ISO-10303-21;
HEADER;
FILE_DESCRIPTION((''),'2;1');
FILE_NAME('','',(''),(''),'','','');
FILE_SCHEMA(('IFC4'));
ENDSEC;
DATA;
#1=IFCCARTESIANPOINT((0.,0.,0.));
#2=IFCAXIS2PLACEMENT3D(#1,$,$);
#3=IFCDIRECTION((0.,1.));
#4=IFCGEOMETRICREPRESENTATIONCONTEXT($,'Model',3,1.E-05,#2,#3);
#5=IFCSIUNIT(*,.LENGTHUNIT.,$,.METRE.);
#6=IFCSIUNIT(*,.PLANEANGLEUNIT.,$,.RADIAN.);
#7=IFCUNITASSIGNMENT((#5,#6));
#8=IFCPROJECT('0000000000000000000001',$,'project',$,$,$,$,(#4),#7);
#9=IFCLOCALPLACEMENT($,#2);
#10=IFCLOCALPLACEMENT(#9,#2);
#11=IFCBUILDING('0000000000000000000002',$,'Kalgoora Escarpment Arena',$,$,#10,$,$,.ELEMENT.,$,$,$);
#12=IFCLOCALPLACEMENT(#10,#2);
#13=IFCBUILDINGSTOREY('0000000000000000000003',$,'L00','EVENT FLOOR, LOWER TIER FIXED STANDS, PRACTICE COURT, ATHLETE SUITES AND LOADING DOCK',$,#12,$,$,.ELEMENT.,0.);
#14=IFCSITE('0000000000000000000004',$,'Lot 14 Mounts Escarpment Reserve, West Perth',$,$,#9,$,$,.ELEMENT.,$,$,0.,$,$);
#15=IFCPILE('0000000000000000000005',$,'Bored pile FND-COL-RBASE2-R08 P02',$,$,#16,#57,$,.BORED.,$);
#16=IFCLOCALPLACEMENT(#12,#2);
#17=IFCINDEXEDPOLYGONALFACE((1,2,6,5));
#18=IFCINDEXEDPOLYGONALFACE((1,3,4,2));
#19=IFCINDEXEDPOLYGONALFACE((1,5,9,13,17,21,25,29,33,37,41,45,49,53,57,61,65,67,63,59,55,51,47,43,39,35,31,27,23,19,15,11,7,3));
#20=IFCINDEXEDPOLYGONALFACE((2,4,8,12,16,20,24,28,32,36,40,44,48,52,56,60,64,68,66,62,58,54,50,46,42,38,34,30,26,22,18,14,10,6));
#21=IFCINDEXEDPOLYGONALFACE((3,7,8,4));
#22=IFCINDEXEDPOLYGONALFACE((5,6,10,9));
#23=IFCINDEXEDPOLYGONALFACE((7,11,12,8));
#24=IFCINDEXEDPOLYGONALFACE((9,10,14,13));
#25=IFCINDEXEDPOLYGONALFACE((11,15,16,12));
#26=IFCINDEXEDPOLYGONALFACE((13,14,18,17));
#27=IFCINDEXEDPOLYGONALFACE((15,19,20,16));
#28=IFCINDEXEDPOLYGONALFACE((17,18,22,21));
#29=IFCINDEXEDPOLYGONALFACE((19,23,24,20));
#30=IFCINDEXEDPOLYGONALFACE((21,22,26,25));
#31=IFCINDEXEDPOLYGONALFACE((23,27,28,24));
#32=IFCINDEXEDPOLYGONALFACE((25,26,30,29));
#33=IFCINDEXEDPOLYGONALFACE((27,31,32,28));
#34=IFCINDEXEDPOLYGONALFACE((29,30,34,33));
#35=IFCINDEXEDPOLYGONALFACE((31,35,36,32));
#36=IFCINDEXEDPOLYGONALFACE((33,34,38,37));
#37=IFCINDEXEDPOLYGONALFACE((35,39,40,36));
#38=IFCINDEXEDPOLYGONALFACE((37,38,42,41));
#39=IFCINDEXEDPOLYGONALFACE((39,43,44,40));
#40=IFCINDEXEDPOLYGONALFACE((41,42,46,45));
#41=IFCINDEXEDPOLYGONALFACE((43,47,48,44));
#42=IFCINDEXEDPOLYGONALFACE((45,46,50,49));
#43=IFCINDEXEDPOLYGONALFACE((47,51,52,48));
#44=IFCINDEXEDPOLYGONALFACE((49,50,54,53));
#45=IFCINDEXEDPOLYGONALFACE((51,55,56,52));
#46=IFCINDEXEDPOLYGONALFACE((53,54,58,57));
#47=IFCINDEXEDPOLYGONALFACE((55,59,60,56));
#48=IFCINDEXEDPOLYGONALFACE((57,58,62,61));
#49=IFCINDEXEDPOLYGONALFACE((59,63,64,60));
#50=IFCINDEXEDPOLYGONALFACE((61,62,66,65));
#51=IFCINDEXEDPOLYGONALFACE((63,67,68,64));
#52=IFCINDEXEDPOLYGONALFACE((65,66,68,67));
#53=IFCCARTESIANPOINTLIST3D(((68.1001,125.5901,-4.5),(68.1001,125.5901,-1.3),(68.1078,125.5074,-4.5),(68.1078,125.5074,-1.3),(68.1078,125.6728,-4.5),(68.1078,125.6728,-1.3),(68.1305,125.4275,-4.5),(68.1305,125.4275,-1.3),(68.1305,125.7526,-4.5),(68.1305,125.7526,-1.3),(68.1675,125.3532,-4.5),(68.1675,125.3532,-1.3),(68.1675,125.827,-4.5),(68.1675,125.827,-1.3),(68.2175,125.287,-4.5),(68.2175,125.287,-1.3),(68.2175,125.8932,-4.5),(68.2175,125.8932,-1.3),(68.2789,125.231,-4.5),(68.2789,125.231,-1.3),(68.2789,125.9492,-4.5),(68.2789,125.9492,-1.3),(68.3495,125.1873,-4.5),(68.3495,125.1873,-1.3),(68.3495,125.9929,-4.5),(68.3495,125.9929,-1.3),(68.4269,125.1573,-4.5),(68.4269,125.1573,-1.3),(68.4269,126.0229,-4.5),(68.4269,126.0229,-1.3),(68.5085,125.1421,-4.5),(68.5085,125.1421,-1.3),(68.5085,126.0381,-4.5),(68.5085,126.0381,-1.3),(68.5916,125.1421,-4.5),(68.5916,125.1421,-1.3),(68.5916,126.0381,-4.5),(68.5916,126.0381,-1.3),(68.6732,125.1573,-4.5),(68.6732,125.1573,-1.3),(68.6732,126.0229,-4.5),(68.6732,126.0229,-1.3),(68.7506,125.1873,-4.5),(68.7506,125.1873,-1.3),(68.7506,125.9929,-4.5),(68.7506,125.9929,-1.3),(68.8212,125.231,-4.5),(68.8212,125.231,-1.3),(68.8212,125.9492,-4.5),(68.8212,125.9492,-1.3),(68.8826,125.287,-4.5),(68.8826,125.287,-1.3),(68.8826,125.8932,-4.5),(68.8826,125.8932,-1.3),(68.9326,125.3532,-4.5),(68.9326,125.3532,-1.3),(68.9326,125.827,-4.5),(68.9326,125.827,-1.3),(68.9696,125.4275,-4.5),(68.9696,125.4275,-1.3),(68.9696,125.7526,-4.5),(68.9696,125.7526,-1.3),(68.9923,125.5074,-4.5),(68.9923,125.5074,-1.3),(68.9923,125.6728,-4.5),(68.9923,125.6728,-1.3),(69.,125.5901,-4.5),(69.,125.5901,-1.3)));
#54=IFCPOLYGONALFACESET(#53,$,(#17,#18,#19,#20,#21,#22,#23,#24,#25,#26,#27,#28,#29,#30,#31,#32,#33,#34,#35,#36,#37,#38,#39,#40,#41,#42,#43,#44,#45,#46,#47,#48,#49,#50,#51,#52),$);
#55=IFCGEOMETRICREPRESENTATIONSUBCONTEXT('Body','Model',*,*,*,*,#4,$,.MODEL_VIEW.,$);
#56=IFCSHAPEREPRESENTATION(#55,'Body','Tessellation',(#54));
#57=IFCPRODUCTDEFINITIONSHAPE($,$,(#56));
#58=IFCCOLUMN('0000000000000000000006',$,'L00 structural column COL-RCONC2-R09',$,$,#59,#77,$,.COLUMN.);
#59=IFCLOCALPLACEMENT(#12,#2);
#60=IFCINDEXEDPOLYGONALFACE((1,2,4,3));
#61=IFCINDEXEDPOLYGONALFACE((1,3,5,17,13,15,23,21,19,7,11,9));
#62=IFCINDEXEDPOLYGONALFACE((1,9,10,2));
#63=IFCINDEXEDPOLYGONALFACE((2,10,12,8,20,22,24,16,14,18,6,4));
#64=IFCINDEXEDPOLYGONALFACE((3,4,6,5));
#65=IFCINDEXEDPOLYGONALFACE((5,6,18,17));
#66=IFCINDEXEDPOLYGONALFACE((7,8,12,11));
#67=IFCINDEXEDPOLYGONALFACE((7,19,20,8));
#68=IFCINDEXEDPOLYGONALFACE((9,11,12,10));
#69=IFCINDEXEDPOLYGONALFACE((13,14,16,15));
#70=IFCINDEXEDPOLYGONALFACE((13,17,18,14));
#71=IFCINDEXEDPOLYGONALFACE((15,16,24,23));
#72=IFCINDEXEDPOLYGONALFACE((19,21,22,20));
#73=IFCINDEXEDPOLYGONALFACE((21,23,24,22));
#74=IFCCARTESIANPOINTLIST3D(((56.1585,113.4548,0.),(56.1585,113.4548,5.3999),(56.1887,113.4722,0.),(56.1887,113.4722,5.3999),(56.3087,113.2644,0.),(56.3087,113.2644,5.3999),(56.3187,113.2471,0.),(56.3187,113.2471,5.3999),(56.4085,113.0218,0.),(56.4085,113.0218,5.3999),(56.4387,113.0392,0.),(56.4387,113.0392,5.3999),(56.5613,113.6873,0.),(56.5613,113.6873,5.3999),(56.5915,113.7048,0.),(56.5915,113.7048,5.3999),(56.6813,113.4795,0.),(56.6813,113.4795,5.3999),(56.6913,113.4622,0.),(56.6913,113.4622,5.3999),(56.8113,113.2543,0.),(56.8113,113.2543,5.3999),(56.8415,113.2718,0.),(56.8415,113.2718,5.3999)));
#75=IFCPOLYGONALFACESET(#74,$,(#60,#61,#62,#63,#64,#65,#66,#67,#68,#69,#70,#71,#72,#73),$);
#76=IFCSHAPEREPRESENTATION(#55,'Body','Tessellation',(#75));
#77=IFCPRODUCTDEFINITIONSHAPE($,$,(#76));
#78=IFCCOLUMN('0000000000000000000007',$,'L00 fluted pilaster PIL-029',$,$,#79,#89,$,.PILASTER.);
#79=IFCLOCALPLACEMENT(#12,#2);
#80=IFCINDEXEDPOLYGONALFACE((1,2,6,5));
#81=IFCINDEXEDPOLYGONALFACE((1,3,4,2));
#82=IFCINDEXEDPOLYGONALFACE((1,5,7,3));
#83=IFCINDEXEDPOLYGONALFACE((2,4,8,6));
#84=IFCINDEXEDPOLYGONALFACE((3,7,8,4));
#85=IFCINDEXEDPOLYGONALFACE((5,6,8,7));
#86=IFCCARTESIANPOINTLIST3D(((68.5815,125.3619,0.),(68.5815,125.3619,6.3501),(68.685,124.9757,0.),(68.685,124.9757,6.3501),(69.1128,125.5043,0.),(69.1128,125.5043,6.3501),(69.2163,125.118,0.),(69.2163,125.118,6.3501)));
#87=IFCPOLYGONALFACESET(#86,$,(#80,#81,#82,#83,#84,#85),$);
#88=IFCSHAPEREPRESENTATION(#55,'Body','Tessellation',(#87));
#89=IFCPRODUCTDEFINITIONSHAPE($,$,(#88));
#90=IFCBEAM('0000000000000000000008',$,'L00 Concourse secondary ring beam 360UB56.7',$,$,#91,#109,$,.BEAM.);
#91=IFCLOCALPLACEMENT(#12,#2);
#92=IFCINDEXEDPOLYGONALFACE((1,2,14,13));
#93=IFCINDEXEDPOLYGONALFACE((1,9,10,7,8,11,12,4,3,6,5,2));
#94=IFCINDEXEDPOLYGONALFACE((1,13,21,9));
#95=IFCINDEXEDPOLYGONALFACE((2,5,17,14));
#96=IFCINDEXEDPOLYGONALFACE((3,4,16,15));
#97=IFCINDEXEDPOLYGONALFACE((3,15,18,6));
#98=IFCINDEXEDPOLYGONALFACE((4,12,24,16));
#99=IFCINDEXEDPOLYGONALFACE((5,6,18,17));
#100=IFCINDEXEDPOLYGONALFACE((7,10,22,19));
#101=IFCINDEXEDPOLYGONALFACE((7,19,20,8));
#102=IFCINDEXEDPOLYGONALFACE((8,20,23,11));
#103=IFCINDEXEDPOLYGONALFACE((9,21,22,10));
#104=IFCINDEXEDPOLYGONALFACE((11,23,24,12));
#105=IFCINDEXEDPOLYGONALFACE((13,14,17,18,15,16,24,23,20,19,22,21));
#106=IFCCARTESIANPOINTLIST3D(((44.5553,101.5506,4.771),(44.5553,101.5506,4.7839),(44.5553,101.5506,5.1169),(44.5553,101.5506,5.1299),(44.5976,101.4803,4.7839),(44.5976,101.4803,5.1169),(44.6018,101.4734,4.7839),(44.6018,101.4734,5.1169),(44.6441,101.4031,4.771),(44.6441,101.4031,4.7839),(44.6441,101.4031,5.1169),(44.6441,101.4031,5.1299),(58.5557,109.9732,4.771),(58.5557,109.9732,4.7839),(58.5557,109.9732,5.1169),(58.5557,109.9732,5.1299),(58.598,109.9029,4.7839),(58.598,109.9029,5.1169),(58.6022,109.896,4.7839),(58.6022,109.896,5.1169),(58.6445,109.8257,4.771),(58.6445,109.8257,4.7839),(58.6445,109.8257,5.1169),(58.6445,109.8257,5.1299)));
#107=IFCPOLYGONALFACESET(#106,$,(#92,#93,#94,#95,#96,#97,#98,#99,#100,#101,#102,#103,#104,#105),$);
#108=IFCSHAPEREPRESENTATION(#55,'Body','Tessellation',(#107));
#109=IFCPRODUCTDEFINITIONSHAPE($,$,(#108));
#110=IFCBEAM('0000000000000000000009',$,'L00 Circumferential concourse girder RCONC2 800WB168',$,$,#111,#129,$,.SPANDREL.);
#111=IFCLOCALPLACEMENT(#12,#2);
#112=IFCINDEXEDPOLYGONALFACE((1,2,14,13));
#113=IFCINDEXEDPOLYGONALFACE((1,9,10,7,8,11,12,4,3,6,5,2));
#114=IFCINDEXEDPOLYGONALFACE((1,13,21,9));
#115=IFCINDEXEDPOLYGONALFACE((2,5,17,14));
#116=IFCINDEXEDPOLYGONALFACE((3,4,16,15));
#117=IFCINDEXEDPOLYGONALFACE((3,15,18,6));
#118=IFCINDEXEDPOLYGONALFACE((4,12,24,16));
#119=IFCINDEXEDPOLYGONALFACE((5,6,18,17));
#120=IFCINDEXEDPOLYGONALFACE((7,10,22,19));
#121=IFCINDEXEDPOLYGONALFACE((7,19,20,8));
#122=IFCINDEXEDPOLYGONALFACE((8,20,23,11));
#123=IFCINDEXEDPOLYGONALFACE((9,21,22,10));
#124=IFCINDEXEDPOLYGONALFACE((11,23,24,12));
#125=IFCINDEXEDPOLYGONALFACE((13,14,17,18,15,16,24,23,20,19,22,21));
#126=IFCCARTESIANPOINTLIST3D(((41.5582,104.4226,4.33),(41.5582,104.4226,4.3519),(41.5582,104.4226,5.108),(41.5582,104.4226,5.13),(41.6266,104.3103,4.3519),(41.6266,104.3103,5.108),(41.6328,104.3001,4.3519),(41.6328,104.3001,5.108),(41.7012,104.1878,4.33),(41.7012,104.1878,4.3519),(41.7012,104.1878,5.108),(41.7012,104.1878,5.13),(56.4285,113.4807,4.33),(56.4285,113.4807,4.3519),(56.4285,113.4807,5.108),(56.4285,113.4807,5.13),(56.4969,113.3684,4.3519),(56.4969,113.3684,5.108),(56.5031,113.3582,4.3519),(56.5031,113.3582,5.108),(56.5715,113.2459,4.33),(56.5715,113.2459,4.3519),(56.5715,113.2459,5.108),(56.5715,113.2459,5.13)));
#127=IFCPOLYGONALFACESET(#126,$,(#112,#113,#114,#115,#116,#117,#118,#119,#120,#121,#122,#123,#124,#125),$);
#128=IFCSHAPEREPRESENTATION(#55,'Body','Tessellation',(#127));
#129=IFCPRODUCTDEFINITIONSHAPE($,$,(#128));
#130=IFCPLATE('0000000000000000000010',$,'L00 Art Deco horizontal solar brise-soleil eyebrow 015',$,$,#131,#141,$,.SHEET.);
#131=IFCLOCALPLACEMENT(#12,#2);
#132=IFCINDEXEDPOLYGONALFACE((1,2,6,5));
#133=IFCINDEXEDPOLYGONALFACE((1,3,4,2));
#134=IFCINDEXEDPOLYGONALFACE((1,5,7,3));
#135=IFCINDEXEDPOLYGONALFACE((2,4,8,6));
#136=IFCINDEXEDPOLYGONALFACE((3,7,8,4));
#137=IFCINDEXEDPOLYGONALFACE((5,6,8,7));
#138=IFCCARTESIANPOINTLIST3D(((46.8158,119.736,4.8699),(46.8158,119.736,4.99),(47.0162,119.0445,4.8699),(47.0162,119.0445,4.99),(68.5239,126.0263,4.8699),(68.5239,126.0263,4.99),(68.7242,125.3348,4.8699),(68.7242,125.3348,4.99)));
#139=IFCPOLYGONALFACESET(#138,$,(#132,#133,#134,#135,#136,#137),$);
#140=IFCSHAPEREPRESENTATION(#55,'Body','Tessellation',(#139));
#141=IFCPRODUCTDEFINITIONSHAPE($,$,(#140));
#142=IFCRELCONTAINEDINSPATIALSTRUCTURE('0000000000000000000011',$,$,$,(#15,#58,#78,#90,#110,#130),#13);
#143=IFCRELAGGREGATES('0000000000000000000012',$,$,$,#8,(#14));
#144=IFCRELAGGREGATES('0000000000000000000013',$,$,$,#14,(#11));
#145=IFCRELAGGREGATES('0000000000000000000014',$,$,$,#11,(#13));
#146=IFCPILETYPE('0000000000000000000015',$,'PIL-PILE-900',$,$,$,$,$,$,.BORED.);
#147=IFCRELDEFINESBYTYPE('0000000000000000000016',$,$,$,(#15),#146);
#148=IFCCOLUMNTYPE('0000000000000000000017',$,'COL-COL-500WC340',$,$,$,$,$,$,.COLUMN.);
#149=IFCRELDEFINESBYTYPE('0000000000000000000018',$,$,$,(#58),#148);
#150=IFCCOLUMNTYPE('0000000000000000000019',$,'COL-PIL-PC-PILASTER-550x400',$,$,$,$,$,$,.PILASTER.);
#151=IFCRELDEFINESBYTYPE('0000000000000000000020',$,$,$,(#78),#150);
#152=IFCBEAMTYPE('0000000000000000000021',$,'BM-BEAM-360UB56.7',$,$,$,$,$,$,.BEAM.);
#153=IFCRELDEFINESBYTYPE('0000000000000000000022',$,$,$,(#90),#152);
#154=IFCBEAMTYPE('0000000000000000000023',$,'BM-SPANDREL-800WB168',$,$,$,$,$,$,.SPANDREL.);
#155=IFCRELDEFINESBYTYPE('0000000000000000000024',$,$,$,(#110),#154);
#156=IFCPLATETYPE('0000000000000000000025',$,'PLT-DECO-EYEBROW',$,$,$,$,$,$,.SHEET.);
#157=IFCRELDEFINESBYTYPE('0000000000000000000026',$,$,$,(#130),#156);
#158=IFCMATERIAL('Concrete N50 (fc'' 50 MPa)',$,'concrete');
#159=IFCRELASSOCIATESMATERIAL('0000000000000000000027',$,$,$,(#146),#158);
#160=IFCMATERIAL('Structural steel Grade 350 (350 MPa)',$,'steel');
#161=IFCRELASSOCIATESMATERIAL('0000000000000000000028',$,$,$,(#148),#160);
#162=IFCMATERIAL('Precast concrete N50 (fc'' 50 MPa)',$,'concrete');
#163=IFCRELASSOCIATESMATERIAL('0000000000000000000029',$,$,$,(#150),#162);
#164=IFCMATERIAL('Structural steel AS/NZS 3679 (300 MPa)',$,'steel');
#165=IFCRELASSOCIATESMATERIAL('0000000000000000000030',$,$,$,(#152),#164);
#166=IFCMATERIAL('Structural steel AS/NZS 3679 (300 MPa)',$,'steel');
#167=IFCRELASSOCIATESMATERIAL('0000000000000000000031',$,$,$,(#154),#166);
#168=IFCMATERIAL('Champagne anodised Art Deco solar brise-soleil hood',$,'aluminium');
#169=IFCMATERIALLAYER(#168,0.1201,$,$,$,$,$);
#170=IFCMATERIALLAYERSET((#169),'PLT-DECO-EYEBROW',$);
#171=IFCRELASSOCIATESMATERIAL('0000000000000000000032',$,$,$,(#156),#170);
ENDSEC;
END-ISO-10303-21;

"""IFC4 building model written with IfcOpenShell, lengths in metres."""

from ifc_helpers import new_model, si_unit, direction, frame, origin, origin_2d, place, context, subcontext, project, spatial, rectangle, circle, i_section, extrude, material, layer, layer_set, material_profile, profile_set, type_object, element, save


model = new_model("IFC4")

# Units and contexts
model_context = context("Model", 3, precision=1e-05, world=origin(), true_north=direction((0.0, 1.0)))
body_context = subcontext(model_context, "Body", "Model", "MODEL_VIEW")
ifc_project = project(units=[si_unit("LENGTHUNIT", "METRE"), si_unit("PLANEANGLEUNIT", "RADIAN")], contexts=[model_context])

# Site, building, storey
site_placement = place(None, origin())
site = spatial("IfcSite", under=ifc_project, at=site_placement, Name="Lot 14 Mounts Escarpment Reserve, West Perth", CompositionType="ELEMENT", RefElevation=0.0)
building_placement = place(site_placement, origin())
building = spatial("IfcBuilding", under=site, at=building_placement, Name="Kalgoora Escarpment Arena", CompositionType="ELEMENT")
storey_placement = place(building_placement, origin())
storey = spatial("IfcBuildingStorey", under=building, at=storey_placement, Name="L00", Description="EVENT FLOOR, LOWER TIER FIXED STANDS, PRACTICE COURT, ATHLETE SUITES AND LOADING DOCK", CompositionType="ELEMENT", Elevation=0.0)

# Pile
ifc_material_1 = material(Name="Concrete N50 (fc' 50 MPa)", Category="concrete")
ifc_material_profile_1 = material_profile(ifc_material_1, circle(Radius=0.45, at=origin_2d()))
ifc_profile_set_1 = profile_set([ifc_material_profile_1], Name="Concrete N50 (fc' 50 MPa)")
pile_type_1 = type_object("IfcPileType", Name="PIL-PILE-900", PredefinedType="BORED", material=ifc_profile_set_1)
for number, where, z_axis, x_axis, name in (
    (1, (68.55, 125.5901, -1.3), (0.0, 0.0, -1.0), (1.0, 0.0, 0.0), "Bored pile FND-COL-RBASE2-R08 P02"),
):
    element("IfcPile", number, at=place(storey_placement, frame(where, z_axis=z_axis, x_axis=x_axis)), inside=storey, type_object=pile_type_1, Name=name, PredefinedType="BORED", context=body_context, shape_type="SweptSolid", body=[
        extrude(circle(Radius=0.45, at=origin_2d()), origin(), (0.0, 0.0, 1.0), 3.2),
    ])

# Columns
ifc_material_2 = material(Name="Structural steel Grade 350 (350 MPa)", Category="steel")
ifc_material_profile_2 = material_profile(ifc_material_2, i_section(OverallWidth=0.5, OverallDepth=0.5, WebThickness=0.02, FlangeThickness=0.0349, at=origin_2d()))
ifc_profile_set_2 = profile_set([ifc_material_profile_2], Name="Structural steel Grade 350 (350 MPa)")
column_type_1 = type_object("IfcColumnType", Name="COL-COL-500WC340", PredefinedType="COLUMN", material=ifc_profile_set_2)
column_1_placement = place(storey_placement, frame((56.5, 113.3633, 0.0), z_axis=(0.0, 0.0, 1.0), x_axis=(-0.5, 0.866025, 0.0)))
element("IfcColumn", 2, at=column_1_placement, inside=storey, type_object=column_type_1, Name="L00 structural column COL-RCONC2-R09", PredefinedType="COLUMN", context=body_context, shape_type="SweptSolid", body=[
    extrude(i_section(OverallWidth=0.5, OverallDepth=0.5, WebThickness=0.02, FlangeThickness=0.0349, at=origin_2d()), origin(), (0.0, 0.0, 1.0), 5.3999),
])
ifc_material_3 = material(Name="Precast concrete N50 (fc' 50 MPa)", Category="concrete")
ifc_material_profile_3 = material_profile(ifc_material_3, rectangle(XDim=0.3999, YDim=0.55, at=origin_2d()))
ifc_profile_set_3 = profile_set([ifc_material_profile_3], Name="Precast concrete N50 (fc' 50 MPa)")
column_type_2 = type_object("IfcColumnType", Name="COL-PIL-PC-PILASTER-550x400", PredefinedType="PILASTER", material=ifc_profile_set_3)
column_2_placement = place(storey_placement, frame((68.8989, 125.24, 0.0), z_axis=(0.0, 0.0, 1.0), x_axis=(-0.258819, 0.965926, 0.0)))
element("IfcColumn", 3, at=column_2_placement, inside=storey, type_object=column_type_2, Name="L00 fluted pilaster PIL-029", PredefinedType="PILASTER", context=body_context, shape_type="SweptSolid", body=[
    extrude(rectangle(XDim=0.3999, YDim=0.55, at=origin_2d()), origin(), (0.0, 0.0, 1.0), 6.3501),
])

# Beams
ifc_material_4 = material(Name="Structural steel AS/NZS 3679 (300 MPa)", Category="steel")
ifc_material_profile_4 = material_profile(ifc_material_4, i_section(OverallWidth=0.1721, OverallDepth=0.3589, WebThickness=0.0081, FlangeThickness=0.0129, at=origin_2d()))
ifc_profile_set_4 = profile_set([ifc_material_profile_4], Name="Structural steel AS/NZS 3679 (300 MPa)")
beam_type_1 = type_object("IfcBeamType", Name="BM-BEAM-360UB56.7", PredefinedType="BEAM", material=ifc_profile_set_4)
beam_1_placement = place(storey_placement, frame((58.6001, 109.8994, 4.9504), z_axis=(-0.85689, -0.5155, 0.0), x_axis=(0.5155, -0.85689, 0.0)))
element("IfcBeam", 4, at=beam_1_placement, inside=storey, type_object=beam_type_1, Name="L00 Concourse secondary ring beam 360UB56.7", PredefinedType="BEAM", context=body_context, shape_type="SweptSolid", body=[
    extrude(i_section(OverallWidth=0.1721, OverallDepth=0.3589, WebThickness=0.0081, FlangeThickness=0.0129, at=origin_2d()), origin(), (0.0, 0.0, 1.0), 16.3386),
])
ifc_material_5 = material(Name="Structural steel AS/NZS 3679 (300 MPa)", Category="steel")
ifc_material_profile_5 = material_profile(ifc_material_5, i_section(OverallWidth=0.2749, OverallDepth=0.8, WebThickness=0.012, FlangeThickness=0.022, at=origin_2d()))
ifc_profile_set_5 = profile_set([ifc_material_profile_5], Name="Structural steel AS/NZS 3679 (300 MPa)")
beam_type_2 = type_object("IfcBeamType", Name="BM-SPANDREL-800WB168", PredefinedType="SPANDREL", material=ifc_profile_set_5)
beam_2_placement = place(storey_placement, frame((56.5, 113.3633, 4.73), z_axis=(-0.854031, -0.520223, 0.0), x_axis=(0.520223, -0.854031, 0.0)))
element("IfcBeam", 5, at=beam_2_placement, inside=storey, type_object=beam_type_2, Name="L00 Circumferential concourse girder RCONC2 800WB168", PredefinedType="SPANDREL", context=body_context, shape_type="SweptSolid", body=[
    extrude(i_section(OverallWidth=0.2749, OverallDepth=0.8, WebThickness=0.012, FlangeThickness=0.022, at=origin_2d()), origin(), (0.0, 0.0, 1.0), 17.4119),
])

# Plate
ifc_material_6 = material(Name="Champagne anodised Art Deco solar brise-soleil hood", Category="aluminium")
ifc_layer_1 = layer(ifc_material_6, 0.1201)
ifc_layer_set_1 = layer_set([ifc_layer_1], Name="PLT-DECO-EYEBROW")
plate_type = type_object("IfcPlateType", Name="PLT-DECO-EYEBROW", PredefinedType="SHEET", material=ifc_layer_set_1)
plate_placement = place(storey_placement, frame((57.77, 122.5354, 4.8699), z_axis=(0.0, 0.0, 1.0), x_axis=(0.960488, 0.278321, 0.0)))
element("IfcPlate", 6, at=plate_placement, inside=storey, type_object=plate_type, Name="L00 Art Deco horizontal solar brise-soleil eyebrow 015", PredefinedType="SHEET", context=body_context, shape_type="SweptSolid", body=[
    extrude(rectangle(XDim=22.6011, YDim=0.72, at=origin_2d()), origin(), (0.0, 0.0, 1.0), 0.1201),
])

save(model, "model.ifc")
